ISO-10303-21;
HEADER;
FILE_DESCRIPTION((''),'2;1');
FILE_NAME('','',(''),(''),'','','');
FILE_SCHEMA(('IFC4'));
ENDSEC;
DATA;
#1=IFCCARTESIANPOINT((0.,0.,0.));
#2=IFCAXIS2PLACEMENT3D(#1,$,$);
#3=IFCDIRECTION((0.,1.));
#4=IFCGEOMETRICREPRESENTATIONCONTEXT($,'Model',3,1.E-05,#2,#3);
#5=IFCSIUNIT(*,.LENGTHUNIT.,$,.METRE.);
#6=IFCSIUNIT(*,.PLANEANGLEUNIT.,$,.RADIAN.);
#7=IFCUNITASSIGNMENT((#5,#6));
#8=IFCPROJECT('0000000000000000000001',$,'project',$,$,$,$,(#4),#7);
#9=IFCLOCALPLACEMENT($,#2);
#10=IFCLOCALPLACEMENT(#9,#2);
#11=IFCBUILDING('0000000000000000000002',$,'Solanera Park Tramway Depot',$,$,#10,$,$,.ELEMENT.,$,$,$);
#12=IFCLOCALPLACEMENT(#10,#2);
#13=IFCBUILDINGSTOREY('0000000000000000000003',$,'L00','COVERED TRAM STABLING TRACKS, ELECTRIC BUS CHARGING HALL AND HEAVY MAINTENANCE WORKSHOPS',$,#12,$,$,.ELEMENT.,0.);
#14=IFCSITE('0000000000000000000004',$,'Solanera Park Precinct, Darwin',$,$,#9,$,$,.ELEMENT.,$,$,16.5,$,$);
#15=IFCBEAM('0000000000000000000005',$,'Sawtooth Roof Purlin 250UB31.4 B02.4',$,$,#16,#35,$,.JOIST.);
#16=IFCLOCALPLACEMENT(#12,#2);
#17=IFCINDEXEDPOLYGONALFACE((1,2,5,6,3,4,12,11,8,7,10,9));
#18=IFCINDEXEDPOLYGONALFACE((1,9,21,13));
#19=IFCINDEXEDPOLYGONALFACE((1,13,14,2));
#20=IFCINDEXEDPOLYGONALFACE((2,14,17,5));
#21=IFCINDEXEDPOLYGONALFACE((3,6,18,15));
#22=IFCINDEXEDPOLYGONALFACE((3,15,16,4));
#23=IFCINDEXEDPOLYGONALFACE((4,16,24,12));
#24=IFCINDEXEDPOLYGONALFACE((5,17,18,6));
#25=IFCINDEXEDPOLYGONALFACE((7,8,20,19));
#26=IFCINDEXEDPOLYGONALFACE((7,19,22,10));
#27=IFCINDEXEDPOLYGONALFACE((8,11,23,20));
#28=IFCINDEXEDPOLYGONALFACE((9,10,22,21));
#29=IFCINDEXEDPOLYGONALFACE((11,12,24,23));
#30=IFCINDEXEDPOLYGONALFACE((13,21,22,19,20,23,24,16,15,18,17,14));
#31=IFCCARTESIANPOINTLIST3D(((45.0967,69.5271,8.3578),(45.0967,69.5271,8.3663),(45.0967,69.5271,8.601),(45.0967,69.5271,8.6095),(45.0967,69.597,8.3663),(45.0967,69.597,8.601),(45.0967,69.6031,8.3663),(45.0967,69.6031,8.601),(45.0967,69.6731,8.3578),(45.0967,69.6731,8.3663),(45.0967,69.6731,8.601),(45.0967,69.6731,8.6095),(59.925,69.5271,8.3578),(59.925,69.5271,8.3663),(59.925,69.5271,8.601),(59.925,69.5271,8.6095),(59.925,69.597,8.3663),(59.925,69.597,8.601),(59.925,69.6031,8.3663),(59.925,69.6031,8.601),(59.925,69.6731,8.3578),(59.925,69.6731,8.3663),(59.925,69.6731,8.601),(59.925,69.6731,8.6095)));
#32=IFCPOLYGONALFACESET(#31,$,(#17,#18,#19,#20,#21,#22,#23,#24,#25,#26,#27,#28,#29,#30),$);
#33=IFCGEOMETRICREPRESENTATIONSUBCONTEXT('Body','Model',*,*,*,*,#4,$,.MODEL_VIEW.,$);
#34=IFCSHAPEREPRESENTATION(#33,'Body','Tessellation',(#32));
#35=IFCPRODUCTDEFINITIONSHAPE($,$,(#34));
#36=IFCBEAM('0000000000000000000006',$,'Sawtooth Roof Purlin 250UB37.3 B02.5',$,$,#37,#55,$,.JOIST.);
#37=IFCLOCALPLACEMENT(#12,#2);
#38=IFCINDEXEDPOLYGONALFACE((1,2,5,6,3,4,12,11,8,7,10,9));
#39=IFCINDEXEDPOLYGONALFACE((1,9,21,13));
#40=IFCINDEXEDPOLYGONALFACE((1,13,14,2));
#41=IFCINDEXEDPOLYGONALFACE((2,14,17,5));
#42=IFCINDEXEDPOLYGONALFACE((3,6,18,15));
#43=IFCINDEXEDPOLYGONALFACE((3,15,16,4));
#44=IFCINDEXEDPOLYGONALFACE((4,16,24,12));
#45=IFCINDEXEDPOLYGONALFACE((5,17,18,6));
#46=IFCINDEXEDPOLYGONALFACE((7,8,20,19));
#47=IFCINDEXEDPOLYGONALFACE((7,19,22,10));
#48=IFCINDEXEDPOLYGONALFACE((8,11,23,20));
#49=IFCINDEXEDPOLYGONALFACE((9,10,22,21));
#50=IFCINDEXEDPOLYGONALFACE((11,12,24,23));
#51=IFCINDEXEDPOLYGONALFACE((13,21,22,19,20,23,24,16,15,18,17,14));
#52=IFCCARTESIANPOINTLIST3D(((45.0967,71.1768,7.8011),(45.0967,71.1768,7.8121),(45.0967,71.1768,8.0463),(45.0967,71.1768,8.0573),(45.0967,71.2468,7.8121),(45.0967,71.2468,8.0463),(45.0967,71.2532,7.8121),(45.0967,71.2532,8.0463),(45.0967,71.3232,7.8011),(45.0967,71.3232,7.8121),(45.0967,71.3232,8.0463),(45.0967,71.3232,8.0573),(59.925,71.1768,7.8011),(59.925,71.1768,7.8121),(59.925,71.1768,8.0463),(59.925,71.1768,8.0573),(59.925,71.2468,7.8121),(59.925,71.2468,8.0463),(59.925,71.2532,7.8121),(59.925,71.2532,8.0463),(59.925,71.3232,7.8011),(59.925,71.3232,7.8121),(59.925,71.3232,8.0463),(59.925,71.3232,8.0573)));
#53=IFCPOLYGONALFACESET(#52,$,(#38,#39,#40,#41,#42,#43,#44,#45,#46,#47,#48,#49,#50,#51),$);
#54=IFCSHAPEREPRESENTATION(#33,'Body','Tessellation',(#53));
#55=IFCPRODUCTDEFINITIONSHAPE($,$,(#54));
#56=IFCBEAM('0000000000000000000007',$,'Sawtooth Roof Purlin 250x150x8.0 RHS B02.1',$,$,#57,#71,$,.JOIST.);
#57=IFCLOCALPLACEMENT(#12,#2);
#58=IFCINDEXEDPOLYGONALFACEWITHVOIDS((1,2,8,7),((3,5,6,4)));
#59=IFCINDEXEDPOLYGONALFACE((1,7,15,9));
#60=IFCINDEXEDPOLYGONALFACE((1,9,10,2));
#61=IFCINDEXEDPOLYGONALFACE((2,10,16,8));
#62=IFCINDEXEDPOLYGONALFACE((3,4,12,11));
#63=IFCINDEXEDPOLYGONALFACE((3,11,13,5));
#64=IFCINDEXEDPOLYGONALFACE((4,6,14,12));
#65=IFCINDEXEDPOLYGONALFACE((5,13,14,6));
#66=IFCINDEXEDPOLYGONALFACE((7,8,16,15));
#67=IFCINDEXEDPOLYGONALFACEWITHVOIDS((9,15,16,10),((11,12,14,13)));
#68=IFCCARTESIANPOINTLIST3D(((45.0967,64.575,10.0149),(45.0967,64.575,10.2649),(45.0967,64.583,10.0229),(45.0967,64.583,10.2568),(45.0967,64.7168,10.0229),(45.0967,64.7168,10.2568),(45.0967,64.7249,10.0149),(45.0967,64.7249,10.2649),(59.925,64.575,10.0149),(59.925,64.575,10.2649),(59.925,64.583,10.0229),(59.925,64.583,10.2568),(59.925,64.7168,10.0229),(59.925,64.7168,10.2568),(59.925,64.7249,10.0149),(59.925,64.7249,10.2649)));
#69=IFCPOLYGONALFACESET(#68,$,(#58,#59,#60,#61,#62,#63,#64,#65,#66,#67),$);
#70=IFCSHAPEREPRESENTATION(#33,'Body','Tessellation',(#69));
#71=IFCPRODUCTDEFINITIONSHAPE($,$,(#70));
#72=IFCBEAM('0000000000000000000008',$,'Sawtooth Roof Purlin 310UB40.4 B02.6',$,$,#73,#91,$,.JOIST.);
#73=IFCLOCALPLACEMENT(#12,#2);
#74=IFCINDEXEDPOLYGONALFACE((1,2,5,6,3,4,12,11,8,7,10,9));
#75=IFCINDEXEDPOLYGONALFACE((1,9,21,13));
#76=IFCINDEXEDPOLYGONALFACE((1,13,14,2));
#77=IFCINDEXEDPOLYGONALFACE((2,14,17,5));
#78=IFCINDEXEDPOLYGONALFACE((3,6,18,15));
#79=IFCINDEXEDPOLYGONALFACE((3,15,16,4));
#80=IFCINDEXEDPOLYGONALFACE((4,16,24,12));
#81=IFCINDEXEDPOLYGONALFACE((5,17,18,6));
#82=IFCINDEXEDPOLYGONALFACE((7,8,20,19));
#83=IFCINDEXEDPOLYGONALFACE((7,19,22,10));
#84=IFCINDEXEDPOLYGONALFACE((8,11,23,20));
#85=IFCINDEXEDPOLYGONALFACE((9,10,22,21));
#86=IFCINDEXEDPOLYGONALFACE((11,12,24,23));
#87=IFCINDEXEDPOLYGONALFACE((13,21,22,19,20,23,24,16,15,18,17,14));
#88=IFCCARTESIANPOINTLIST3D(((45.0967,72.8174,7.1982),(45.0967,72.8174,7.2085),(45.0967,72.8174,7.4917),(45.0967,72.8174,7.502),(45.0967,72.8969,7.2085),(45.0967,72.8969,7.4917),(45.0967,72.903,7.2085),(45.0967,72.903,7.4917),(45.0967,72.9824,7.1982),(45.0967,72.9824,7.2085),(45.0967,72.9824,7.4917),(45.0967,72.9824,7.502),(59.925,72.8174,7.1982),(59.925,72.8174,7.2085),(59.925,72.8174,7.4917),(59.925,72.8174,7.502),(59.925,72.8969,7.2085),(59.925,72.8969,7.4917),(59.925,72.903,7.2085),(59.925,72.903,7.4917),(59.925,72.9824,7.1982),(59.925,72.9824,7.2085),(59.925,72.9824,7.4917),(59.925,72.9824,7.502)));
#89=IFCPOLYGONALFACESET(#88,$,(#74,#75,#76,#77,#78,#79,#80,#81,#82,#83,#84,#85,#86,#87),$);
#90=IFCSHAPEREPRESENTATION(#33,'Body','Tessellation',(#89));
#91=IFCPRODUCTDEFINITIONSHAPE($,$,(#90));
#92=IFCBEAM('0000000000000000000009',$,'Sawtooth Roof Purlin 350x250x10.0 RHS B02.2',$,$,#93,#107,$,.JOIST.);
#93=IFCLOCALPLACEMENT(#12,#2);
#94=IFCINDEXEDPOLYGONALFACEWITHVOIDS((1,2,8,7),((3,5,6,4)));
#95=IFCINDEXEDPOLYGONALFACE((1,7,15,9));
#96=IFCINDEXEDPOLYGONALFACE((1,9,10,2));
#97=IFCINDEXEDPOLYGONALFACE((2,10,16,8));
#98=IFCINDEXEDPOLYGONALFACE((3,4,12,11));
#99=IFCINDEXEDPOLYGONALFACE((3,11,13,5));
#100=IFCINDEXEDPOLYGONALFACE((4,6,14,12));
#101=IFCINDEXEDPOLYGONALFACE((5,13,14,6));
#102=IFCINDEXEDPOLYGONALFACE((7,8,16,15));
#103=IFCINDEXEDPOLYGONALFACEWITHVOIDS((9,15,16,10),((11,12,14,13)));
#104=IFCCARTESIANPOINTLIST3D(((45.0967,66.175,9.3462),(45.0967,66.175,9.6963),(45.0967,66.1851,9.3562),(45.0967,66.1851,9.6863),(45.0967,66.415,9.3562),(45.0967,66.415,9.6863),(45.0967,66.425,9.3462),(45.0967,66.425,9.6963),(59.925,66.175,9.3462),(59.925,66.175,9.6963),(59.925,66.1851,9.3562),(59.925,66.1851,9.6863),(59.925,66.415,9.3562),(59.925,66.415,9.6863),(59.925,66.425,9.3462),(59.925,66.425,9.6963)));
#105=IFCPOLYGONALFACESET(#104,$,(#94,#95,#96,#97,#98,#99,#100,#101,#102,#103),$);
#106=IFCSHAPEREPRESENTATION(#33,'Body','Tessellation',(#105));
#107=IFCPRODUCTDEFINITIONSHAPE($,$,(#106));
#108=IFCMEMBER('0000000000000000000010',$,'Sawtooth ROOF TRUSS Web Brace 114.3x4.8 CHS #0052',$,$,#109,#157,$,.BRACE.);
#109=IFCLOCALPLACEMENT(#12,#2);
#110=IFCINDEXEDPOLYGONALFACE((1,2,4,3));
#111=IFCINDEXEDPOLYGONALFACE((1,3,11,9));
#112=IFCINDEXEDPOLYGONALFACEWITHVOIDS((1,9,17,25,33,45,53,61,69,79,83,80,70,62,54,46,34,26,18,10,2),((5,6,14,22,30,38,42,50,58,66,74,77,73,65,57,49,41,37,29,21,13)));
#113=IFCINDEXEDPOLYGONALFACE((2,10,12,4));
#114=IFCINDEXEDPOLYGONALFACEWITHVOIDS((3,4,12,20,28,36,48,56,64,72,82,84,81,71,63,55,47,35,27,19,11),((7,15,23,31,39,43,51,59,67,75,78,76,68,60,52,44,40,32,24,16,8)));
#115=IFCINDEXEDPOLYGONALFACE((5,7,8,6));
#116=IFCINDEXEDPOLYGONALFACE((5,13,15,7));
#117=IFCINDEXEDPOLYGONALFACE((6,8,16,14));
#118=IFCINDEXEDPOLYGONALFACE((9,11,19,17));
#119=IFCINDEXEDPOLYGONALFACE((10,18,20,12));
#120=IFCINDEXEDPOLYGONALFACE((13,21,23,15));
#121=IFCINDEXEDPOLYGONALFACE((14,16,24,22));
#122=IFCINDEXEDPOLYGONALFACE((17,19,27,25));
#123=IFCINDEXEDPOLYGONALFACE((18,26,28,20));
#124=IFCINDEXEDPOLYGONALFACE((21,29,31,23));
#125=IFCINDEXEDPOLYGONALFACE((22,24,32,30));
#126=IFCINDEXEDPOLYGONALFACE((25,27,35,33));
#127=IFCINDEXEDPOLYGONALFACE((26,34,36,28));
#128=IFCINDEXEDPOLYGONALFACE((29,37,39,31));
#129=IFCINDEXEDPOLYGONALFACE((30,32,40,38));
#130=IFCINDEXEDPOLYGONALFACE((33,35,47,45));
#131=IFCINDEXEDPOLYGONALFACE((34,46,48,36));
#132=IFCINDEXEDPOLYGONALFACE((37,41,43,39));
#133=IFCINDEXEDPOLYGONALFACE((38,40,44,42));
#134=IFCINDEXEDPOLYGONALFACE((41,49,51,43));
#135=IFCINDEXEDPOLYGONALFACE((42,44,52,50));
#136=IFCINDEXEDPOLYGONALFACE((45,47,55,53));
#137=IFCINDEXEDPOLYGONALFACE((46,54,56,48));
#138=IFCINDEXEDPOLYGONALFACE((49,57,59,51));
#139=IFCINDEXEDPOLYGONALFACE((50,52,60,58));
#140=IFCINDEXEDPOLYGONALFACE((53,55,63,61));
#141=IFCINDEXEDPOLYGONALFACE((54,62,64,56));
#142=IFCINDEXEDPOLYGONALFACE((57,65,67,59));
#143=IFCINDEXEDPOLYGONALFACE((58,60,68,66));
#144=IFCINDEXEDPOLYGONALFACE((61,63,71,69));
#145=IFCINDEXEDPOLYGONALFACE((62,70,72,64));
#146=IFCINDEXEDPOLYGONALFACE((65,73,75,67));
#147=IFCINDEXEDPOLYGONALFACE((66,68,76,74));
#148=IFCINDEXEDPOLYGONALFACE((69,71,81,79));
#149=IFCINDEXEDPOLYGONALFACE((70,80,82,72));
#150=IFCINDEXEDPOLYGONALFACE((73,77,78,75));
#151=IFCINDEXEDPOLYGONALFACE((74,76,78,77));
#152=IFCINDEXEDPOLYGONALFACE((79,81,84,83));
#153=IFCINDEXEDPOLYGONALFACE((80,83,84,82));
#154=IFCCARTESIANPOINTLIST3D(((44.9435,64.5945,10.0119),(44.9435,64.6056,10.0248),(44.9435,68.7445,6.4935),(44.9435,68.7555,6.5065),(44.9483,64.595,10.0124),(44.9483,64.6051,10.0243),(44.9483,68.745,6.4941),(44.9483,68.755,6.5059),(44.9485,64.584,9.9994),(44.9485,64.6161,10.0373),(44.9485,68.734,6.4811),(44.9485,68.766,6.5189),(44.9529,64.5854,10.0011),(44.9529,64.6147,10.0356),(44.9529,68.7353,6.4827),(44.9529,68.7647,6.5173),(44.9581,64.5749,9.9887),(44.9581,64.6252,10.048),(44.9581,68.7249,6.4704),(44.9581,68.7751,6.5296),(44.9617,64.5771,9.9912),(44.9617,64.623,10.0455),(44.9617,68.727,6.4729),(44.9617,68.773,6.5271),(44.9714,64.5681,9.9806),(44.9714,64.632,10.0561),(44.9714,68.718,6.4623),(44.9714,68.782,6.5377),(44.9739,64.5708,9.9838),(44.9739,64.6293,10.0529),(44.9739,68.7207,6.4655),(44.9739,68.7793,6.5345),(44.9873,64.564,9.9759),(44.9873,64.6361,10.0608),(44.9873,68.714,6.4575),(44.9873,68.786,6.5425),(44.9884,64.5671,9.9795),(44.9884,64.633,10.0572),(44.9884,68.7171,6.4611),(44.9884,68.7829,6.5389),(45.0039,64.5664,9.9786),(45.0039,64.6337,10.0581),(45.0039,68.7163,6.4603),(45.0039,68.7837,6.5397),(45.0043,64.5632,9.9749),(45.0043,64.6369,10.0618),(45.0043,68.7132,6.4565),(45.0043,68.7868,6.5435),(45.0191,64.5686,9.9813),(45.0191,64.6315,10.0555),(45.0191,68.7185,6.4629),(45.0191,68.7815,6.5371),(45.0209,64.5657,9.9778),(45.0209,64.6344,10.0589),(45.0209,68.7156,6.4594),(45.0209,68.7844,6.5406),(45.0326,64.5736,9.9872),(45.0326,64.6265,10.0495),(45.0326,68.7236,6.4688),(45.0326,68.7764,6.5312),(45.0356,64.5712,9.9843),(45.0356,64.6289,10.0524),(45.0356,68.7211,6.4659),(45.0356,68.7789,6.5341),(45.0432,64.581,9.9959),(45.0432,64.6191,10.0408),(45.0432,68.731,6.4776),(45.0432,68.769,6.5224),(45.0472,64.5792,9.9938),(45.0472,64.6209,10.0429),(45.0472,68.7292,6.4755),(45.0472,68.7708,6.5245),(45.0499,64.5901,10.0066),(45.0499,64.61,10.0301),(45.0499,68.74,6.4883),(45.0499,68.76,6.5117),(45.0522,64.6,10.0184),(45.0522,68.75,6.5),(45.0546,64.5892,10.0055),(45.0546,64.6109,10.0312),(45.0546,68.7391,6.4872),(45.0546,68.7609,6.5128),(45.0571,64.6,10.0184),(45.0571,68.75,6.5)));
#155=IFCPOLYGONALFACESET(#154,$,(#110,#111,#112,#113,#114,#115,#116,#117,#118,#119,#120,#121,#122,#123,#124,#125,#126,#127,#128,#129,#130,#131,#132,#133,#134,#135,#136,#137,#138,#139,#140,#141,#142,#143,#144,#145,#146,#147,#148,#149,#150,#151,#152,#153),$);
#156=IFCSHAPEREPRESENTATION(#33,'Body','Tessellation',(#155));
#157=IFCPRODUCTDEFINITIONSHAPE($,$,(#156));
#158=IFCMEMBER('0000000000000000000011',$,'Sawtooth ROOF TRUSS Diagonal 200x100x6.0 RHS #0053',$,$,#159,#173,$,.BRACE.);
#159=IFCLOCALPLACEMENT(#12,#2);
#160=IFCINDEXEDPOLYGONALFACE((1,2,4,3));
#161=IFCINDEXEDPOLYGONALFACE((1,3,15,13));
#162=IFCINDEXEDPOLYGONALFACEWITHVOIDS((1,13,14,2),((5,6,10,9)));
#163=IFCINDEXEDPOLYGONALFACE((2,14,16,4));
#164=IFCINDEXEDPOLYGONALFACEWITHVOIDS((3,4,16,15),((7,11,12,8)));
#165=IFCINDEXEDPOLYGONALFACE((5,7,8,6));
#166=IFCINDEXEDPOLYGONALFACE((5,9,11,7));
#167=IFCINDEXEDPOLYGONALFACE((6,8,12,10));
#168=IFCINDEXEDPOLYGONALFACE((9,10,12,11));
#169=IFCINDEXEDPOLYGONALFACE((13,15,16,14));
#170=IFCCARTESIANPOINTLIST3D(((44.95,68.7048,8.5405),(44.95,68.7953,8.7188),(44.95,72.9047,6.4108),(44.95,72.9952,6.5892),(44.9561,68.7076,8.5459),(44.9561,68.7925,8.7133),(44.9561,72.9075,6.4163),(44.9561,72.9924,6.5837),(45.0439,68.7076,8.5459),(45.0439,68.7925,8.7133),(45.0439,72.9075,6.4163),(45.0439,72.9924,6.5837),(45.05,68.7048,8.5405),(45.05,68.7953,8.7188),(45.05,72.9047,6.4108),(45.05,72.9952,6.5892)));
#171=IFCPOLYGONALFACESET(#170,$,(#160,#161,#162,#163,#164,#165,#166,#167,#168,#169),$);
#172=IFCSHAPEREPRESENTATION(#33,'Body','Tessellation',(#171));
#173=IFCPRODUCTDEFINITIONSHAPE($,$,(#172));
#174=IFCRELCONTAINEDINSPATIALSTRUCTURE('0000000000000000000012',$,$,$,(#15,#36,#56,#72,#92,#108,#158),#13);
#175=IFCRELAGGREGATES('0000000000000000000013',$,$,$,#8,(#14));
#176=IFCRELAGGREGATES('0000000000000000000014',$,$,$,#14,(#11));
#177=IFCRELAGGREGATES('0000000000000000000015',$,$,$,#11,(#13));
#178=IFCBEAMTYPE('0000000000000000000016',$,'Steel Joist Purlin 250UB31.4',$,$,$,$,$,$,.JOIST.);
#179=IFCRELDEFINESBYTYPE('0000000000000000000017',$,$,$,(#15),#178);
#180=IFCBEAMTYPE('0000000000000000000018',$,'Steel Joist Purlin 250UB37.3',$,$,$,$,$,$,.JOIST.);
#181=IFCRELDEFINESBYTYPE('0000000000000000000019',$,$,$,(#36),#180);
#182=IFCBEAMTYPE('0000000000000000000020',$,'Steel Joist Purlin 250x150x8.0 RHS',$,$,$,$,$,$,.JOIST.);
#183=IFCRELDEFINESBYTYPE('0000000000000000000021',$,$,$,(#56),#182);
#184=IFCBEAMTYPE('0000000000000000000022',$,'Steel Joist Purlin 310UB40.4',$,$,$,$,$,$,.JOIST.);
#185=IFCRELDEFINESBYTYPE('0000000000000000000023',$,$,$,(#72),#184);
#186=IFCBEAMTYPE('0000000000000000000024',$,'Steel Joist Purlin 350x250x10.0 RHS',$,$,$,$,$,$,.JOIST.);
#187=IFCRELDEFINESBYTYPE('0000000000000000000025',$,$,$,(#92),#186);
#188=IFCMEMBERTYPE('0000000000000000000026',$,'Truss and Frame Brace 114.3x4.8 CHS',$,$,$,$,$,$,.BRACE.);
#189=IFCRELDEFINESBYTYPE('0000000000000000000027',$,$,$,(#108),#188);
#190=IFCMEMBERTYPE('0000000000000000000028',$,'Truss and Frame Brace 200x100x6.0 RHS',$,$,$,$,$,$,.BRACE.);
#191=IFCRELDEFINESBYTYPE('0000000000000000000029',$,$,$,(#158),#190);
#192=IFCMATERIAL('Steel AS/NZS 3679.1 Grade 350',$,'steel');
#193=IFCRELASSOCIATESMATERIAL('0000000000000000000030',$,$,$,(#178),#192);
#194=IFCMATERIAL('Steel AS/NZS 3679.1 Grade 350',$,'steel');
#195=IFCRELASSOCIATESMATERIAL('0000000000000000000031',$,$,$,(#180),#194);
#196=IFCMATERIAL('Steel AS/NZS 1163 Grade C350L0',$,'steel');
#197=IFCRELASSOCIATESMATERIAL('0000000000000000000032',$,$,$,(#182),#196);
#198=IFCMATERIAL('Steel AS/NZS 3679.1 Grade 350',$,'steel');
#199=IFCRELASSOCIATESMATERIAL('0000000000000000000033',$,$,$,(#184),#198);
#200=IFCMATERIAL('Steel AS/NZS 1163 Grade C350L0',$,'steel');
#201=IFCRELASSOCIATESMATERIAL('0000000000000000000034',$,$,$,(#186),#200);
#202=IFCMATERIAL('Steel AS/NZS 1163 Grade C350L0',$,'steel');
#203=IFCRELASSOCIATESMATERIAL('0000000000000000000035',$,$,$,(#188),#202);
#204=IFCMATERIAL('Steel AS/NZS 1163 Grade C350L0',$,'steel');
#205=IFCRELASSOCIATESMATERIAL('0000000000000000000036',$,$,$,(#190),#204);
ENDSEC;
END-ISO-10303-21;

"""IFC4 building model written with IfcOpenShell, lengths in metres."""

from ifc_helpers import new_model, si_unit, direction, frame, origin, origin_2d, place, context, subcontext, project, spatial, hollow_rectangle, hollow_circle, i_section, extrude, material, material_profile, profile_set, type_object, element, save


model = new_model("IFC4")

# Units and contexts
model_context = context("Model", 3, precision=1e-05, world=origin(), true_north=direction((0.0, 1.0)))
body_context = subcontext(model_context, "Body", "Model", "MODEL_VIEW")
ifc_project = project(units=[si_unit("LENGTHUNIT", "METRE"), si_unit("PLANEANGLEUNIT", "RADIAN")], contexts=[model_context])

# Site, building, storey
site_placement = place(None, origin())
site = spatial("IfcSite", under=ifc_project, at=site_placement, Name="Solanera Park Precinct, Darwin", CompositionType="ELEMENT", RefElevation=16.5)
building_placement = place(site_placement, origin())
building = spatial("IfcBuilding", under=site, at=building_placement, Name="Solanera Park Tramway Depot", CompositionType="ELEMENT")
storey_placement = place(building_placement, origin())
storey = spatial("IfcBuildingStorey", under=building, at=storey_placement, Name="L00", Description="COVERED TRAM STABLING TRACKS, ELECTRIC BUS CHARGING HALL AND HEAVY MAINTENANCE WORKSHOPS", CompositionType="ELEMENT", Elevation=0.0)

# Beams
ifc_material_1 = material(Name="Steel AS/NZS 3679.1 Grade 350", Category="steel")
ifc_material_profile_1 = material_profile(ifc_material_1, i_section(OverallWidth=0.146, OverallDepth=0.2517, WebThickness=0.0061, FlangeThickness=0.0085, at=origin_2d()), Name="250UB31.4")
ifc_profile_set_1 = profile_set([ifc_material_profile_1], Name="Steel AS/NZS 3679.1 Grade 350")
beam_type_1 = type_object("IfcBeamType", Name="Steel Joist Purlin 250UB31.4", PredefinedType="JOIST", material=ifc_profile_set_1)
beam_1_placement = place(storey_placement, frame((45.0967, 69.6001, 8.4836), z_axis=(1.0, 0.0, 0.0), x_axis=(0.0, 1.0, 0.0)))
element("IfcBeam", 1, at=beam_1_placement, inside=storey, type_object=beam_type_1, Name="Sawtooth Roof Purlin 250UB31.4 B02.4", PredefinedType="JOIST", context=body_context, shape_type="SweptSolid", body=[
    extrude(i_section(OverallWidth=0.146, OverallDepth=0.2517, WebThickness=0.0061, FlangeThickness=0.0085, at=origin_2d()), origin(), (0.0, 0.0, 1.0), 14.8284),
])
ifc_material_2 = material(Name="Steel AS/NZS 3679.1 Grade 350", Category="steel")
ifc_material_profile_2 = material_profile(ifc_material_2, i_section(OverallWidth=0.1465, OverallDepth=0.2561, WebThickness=0.0063, FlangeThickness=0.011, at=origin_2d()), Name="250UB37.3")
ifc_profile_set_2 = profile_set([ifc_material_profile_2], Name="Steel AS/NZS 3679.1 Grade 350")
beam_type_2 = type_object("IfcBeamType", Name="Steel Joist Purlin 250UB37.3", PredefinedType="JOIST", material=ifc_profile_set_2)
beam_2_placement = place(storey_placement, frame((45.0967, 71.25, 7.9292), z_axis=(1.0, 0.0, 0.0), x_axis=(0.0, 1.0, 0.0)))
element("IfcBeam", 2, at=beam_2_placement, inside=storey, type_object=beam_type_2, Name="Sawtooth Roof Purlin 250UB37.3 B02.5", PredefinedType="JOIST", context=body_context, shape_type="SweptSolid", body=[
    extrude(i_section(OverallWidth=0.1465, OverallDepth=0.2561, WebThickness=0.0063, FlangeThickness=0.011, at=origin_2d()), origin(), (0.0, 0.0, 1.0), 14.8284),
])
ifc_material_3 = material(Name="Steel AS/NZS 1163 Grade C350L0", Category="steel")
ifc_material_profile_3 = material_profile(ifc_material_3, hollow_rectangle(XDim=0.1499, YDim=0.25, WallThickness=0.0081, at=origin_2d()), Name="250x150x8.0 RHS")
ifc_profile_set_3 = profile_set([ifc_material_profile_3], Name="Steel AS/NZS 1163 Grade C350L0")
beam_type_3 = type_object("IfcBeamType", Name="Steel Joist Purlin 250x150x8.0 RHS", PredefinedType="JOIST", material=ifc_profile_set_3)
beam_3_placement = place(storey_placement, frame((45.0967, 64.6499, 10.1399), z_axis=(1.0, 0.0, 0.0), x_axis=(0.0, 1.0, 0.0)))
element("IfcBeam", 3, at=beam_3_placement, inside=storey, type_object=beam_type_3, Name="Sawtooth Roof Purlin 250x150x8.0 RHS B02.1", PredefinedType="JOIST", context=body_context, shape_type="SweptSolid", body=[
    extrude(hollow_rectangle(XDim=0.1499, YDim=0.25, WallThickness=0.0081, at=origin_2d()), origin(), (0.0, 0.0, 1.0), 14.8284),
])
ifc_material_4 = material(Name="Steel AS/NZS 3679.1 Grade 350", Category="steel")
ifc_material_profile_4 = material_profile(ifc_material_4, i_section(OverallWidth=0.165, OverallDepth=0.3037, WebThickness=0.0061, FlangeThickness=0.0103, at=origin_2d()), Name="310UB40.4")
ifc_profile_set_4 = profile_set([ifc_material_profile_4], Name="Steel AS/NZS 3679.1 Grade 350")
beam_type_4 = type_object("IfcBeamType", Name="Steel Joist Purlin 310UB40.4", PredefinedType="JOIST", material=ifc_profile_set_4)
beam_4_placement = place(storey_placement, frame((45.0967, 72.8999, 7.3501), z_axis=(1.0, 0.0, 0.0), x_axis=(0.0, 1.0, 0.0)))
element("IfcBeam", 4, at=beam_4_placement, inside=storey, type_object=beam_type_4, Name="Sawtooth Roof Purlin 310UB40.4 B02.6", PredefinedType="JOIST", context=body_context, shape_type="SweptSolid", body=[
    extrude(i_section(OverallWidth=0.165, OverallDepth=0.3037, WebThickness=0.0061, FlangeThickness=0.0103, at=origin_2d()), origin(), (0.0, 0.0, 1.0), 14.8284),
])
ifc_material_5 = material(Name="Steel AS/NZS 1163 Grade C350L0", Category="steel")
ifc_material_profile_5 = material_profile(ifc_material_5, hollow_rectangle(XDim=0.25, YDim=0.3501, WallThickness=0.01, at=origin_2d()), Name="350x250x10.0 RHS")
ifc_profile_set_5 = profile_set([ifc_material_profile_5], Name="Steel AS/NZS 1163 Grade C350L0")
beam_type_5 = type_object("IfcBeamType", Name="Steel Joist Purlin 350x250x10.0 RHS", PredefinedType="JOIST", material=ifc_profile_set_5)
beam_5_placement = place(storey_placement, frame((45.0967, 66.3, 9.5212), z_axis=(1.0, 0.0, 0.0), x_axis=(0.0, 1.0, 0.0)))
element("IfcBeam", 5, at=beam_5_placement, inside=storey, type_object=beam_type_5, Name="Sawtooth Roof Purlin 350x250x10.0 RHS B02.2", PredefinedType="JOIST", context=body_context, shape_type="SweptSolid", body=[
    extrude(hollow_rectangle(XDim=0.25, YDim=0.3501, WallThickness=0.01, at=origin_2d()), origin(), (0.0, 0.0, 1.0), 14.8284),
])

# Members
ifc_material_6 = material(Name="Steel AS/NZS 1163 Grade C350L0", Category="steel")
ifc_material_profile_6 = material_profile(ifc_material_6, hollow_circle(Radius=0.0571, WallThickness=0.0049, at=origin_2d()), Name="114.3x4.8 CHS")
ifc_profile_set_6 = profile_set([ifc_material_profile_6], Name="Steel AS/NZS 1163 Grade C350L0")
member_type_1 = type_object("IfcMemberType", Name="Truss and Frame Brace 114.3x4.8 CHS", PredefinedType="BRACE", material=ifc_profile_set_6)
member_1_placement = place(storey_placement, frame((45.0, 68.75, 6.5), z_axis=(0.0, -0.762765, 0.646676), x_axis=(1.0, 0.0, 0.0)))
element("IfcMember", 6, at=member_1_placement, inside=storey, type_object=member_type_1, Name="Sawtooth ROOF TRUSS Web Brace 114.3x4.8 CHS #0052", PredefinedType="BRACE", context=body_context, shape_type="SweptSolid", body=[
    extrude(hollow_circle(Radius=0.0571, WallThickness=0.0049, at=origin_2d()), origin(), (0.0, 0.0, 1.0), 5.4407),
])
ifc_material_7 = material(Name="Steel AS/NZS 1163 Grade C350L0", Category="steel")
ifc_material_profile_7 = material_profile(ifc_material_7, hollow_rectangle(XDim=0.1001, YDim=0.2, WallThickness=0.0061, at=origin_2d()), Name="200x100x6.0 RHS")
ifc_profile_set_7 = profile_set([ifc_material_profile_7], Name="Steel AS/NZS 1163 Grade C350L0")
member_type_2 = type_object("IfcMemberType", Name="Truss and Frame Brace 200x100x6.0 RHS", PredefinedType="BRACE", material=ifc_profile_set_7)
member_2_placement = place(storey_placement, frame((45.0, 72.95, 6.5), z_axis=(0.0, -0.891893, 0.452246), x_axis=(1.0, 0.0, 0.0)))
element("IfcMember", 7, at=member_2_placement, inside=storey, type_object=member_type_2, Name="Sawtooth ROOF TRUSS Diagonal 200x100x6.0 RHS #0053", PredefinedType="BRACE", context=body_context, shape_type="SweptSolid", body=[
    extrude(hollow_rectangle(XDim=0.1001, YDim=0.2, WallThickness=0.0061, at=origin_2d()), origin(), (0.0, 0.0, 1.0), 4.709),
])

save(model, "model.ifc")
